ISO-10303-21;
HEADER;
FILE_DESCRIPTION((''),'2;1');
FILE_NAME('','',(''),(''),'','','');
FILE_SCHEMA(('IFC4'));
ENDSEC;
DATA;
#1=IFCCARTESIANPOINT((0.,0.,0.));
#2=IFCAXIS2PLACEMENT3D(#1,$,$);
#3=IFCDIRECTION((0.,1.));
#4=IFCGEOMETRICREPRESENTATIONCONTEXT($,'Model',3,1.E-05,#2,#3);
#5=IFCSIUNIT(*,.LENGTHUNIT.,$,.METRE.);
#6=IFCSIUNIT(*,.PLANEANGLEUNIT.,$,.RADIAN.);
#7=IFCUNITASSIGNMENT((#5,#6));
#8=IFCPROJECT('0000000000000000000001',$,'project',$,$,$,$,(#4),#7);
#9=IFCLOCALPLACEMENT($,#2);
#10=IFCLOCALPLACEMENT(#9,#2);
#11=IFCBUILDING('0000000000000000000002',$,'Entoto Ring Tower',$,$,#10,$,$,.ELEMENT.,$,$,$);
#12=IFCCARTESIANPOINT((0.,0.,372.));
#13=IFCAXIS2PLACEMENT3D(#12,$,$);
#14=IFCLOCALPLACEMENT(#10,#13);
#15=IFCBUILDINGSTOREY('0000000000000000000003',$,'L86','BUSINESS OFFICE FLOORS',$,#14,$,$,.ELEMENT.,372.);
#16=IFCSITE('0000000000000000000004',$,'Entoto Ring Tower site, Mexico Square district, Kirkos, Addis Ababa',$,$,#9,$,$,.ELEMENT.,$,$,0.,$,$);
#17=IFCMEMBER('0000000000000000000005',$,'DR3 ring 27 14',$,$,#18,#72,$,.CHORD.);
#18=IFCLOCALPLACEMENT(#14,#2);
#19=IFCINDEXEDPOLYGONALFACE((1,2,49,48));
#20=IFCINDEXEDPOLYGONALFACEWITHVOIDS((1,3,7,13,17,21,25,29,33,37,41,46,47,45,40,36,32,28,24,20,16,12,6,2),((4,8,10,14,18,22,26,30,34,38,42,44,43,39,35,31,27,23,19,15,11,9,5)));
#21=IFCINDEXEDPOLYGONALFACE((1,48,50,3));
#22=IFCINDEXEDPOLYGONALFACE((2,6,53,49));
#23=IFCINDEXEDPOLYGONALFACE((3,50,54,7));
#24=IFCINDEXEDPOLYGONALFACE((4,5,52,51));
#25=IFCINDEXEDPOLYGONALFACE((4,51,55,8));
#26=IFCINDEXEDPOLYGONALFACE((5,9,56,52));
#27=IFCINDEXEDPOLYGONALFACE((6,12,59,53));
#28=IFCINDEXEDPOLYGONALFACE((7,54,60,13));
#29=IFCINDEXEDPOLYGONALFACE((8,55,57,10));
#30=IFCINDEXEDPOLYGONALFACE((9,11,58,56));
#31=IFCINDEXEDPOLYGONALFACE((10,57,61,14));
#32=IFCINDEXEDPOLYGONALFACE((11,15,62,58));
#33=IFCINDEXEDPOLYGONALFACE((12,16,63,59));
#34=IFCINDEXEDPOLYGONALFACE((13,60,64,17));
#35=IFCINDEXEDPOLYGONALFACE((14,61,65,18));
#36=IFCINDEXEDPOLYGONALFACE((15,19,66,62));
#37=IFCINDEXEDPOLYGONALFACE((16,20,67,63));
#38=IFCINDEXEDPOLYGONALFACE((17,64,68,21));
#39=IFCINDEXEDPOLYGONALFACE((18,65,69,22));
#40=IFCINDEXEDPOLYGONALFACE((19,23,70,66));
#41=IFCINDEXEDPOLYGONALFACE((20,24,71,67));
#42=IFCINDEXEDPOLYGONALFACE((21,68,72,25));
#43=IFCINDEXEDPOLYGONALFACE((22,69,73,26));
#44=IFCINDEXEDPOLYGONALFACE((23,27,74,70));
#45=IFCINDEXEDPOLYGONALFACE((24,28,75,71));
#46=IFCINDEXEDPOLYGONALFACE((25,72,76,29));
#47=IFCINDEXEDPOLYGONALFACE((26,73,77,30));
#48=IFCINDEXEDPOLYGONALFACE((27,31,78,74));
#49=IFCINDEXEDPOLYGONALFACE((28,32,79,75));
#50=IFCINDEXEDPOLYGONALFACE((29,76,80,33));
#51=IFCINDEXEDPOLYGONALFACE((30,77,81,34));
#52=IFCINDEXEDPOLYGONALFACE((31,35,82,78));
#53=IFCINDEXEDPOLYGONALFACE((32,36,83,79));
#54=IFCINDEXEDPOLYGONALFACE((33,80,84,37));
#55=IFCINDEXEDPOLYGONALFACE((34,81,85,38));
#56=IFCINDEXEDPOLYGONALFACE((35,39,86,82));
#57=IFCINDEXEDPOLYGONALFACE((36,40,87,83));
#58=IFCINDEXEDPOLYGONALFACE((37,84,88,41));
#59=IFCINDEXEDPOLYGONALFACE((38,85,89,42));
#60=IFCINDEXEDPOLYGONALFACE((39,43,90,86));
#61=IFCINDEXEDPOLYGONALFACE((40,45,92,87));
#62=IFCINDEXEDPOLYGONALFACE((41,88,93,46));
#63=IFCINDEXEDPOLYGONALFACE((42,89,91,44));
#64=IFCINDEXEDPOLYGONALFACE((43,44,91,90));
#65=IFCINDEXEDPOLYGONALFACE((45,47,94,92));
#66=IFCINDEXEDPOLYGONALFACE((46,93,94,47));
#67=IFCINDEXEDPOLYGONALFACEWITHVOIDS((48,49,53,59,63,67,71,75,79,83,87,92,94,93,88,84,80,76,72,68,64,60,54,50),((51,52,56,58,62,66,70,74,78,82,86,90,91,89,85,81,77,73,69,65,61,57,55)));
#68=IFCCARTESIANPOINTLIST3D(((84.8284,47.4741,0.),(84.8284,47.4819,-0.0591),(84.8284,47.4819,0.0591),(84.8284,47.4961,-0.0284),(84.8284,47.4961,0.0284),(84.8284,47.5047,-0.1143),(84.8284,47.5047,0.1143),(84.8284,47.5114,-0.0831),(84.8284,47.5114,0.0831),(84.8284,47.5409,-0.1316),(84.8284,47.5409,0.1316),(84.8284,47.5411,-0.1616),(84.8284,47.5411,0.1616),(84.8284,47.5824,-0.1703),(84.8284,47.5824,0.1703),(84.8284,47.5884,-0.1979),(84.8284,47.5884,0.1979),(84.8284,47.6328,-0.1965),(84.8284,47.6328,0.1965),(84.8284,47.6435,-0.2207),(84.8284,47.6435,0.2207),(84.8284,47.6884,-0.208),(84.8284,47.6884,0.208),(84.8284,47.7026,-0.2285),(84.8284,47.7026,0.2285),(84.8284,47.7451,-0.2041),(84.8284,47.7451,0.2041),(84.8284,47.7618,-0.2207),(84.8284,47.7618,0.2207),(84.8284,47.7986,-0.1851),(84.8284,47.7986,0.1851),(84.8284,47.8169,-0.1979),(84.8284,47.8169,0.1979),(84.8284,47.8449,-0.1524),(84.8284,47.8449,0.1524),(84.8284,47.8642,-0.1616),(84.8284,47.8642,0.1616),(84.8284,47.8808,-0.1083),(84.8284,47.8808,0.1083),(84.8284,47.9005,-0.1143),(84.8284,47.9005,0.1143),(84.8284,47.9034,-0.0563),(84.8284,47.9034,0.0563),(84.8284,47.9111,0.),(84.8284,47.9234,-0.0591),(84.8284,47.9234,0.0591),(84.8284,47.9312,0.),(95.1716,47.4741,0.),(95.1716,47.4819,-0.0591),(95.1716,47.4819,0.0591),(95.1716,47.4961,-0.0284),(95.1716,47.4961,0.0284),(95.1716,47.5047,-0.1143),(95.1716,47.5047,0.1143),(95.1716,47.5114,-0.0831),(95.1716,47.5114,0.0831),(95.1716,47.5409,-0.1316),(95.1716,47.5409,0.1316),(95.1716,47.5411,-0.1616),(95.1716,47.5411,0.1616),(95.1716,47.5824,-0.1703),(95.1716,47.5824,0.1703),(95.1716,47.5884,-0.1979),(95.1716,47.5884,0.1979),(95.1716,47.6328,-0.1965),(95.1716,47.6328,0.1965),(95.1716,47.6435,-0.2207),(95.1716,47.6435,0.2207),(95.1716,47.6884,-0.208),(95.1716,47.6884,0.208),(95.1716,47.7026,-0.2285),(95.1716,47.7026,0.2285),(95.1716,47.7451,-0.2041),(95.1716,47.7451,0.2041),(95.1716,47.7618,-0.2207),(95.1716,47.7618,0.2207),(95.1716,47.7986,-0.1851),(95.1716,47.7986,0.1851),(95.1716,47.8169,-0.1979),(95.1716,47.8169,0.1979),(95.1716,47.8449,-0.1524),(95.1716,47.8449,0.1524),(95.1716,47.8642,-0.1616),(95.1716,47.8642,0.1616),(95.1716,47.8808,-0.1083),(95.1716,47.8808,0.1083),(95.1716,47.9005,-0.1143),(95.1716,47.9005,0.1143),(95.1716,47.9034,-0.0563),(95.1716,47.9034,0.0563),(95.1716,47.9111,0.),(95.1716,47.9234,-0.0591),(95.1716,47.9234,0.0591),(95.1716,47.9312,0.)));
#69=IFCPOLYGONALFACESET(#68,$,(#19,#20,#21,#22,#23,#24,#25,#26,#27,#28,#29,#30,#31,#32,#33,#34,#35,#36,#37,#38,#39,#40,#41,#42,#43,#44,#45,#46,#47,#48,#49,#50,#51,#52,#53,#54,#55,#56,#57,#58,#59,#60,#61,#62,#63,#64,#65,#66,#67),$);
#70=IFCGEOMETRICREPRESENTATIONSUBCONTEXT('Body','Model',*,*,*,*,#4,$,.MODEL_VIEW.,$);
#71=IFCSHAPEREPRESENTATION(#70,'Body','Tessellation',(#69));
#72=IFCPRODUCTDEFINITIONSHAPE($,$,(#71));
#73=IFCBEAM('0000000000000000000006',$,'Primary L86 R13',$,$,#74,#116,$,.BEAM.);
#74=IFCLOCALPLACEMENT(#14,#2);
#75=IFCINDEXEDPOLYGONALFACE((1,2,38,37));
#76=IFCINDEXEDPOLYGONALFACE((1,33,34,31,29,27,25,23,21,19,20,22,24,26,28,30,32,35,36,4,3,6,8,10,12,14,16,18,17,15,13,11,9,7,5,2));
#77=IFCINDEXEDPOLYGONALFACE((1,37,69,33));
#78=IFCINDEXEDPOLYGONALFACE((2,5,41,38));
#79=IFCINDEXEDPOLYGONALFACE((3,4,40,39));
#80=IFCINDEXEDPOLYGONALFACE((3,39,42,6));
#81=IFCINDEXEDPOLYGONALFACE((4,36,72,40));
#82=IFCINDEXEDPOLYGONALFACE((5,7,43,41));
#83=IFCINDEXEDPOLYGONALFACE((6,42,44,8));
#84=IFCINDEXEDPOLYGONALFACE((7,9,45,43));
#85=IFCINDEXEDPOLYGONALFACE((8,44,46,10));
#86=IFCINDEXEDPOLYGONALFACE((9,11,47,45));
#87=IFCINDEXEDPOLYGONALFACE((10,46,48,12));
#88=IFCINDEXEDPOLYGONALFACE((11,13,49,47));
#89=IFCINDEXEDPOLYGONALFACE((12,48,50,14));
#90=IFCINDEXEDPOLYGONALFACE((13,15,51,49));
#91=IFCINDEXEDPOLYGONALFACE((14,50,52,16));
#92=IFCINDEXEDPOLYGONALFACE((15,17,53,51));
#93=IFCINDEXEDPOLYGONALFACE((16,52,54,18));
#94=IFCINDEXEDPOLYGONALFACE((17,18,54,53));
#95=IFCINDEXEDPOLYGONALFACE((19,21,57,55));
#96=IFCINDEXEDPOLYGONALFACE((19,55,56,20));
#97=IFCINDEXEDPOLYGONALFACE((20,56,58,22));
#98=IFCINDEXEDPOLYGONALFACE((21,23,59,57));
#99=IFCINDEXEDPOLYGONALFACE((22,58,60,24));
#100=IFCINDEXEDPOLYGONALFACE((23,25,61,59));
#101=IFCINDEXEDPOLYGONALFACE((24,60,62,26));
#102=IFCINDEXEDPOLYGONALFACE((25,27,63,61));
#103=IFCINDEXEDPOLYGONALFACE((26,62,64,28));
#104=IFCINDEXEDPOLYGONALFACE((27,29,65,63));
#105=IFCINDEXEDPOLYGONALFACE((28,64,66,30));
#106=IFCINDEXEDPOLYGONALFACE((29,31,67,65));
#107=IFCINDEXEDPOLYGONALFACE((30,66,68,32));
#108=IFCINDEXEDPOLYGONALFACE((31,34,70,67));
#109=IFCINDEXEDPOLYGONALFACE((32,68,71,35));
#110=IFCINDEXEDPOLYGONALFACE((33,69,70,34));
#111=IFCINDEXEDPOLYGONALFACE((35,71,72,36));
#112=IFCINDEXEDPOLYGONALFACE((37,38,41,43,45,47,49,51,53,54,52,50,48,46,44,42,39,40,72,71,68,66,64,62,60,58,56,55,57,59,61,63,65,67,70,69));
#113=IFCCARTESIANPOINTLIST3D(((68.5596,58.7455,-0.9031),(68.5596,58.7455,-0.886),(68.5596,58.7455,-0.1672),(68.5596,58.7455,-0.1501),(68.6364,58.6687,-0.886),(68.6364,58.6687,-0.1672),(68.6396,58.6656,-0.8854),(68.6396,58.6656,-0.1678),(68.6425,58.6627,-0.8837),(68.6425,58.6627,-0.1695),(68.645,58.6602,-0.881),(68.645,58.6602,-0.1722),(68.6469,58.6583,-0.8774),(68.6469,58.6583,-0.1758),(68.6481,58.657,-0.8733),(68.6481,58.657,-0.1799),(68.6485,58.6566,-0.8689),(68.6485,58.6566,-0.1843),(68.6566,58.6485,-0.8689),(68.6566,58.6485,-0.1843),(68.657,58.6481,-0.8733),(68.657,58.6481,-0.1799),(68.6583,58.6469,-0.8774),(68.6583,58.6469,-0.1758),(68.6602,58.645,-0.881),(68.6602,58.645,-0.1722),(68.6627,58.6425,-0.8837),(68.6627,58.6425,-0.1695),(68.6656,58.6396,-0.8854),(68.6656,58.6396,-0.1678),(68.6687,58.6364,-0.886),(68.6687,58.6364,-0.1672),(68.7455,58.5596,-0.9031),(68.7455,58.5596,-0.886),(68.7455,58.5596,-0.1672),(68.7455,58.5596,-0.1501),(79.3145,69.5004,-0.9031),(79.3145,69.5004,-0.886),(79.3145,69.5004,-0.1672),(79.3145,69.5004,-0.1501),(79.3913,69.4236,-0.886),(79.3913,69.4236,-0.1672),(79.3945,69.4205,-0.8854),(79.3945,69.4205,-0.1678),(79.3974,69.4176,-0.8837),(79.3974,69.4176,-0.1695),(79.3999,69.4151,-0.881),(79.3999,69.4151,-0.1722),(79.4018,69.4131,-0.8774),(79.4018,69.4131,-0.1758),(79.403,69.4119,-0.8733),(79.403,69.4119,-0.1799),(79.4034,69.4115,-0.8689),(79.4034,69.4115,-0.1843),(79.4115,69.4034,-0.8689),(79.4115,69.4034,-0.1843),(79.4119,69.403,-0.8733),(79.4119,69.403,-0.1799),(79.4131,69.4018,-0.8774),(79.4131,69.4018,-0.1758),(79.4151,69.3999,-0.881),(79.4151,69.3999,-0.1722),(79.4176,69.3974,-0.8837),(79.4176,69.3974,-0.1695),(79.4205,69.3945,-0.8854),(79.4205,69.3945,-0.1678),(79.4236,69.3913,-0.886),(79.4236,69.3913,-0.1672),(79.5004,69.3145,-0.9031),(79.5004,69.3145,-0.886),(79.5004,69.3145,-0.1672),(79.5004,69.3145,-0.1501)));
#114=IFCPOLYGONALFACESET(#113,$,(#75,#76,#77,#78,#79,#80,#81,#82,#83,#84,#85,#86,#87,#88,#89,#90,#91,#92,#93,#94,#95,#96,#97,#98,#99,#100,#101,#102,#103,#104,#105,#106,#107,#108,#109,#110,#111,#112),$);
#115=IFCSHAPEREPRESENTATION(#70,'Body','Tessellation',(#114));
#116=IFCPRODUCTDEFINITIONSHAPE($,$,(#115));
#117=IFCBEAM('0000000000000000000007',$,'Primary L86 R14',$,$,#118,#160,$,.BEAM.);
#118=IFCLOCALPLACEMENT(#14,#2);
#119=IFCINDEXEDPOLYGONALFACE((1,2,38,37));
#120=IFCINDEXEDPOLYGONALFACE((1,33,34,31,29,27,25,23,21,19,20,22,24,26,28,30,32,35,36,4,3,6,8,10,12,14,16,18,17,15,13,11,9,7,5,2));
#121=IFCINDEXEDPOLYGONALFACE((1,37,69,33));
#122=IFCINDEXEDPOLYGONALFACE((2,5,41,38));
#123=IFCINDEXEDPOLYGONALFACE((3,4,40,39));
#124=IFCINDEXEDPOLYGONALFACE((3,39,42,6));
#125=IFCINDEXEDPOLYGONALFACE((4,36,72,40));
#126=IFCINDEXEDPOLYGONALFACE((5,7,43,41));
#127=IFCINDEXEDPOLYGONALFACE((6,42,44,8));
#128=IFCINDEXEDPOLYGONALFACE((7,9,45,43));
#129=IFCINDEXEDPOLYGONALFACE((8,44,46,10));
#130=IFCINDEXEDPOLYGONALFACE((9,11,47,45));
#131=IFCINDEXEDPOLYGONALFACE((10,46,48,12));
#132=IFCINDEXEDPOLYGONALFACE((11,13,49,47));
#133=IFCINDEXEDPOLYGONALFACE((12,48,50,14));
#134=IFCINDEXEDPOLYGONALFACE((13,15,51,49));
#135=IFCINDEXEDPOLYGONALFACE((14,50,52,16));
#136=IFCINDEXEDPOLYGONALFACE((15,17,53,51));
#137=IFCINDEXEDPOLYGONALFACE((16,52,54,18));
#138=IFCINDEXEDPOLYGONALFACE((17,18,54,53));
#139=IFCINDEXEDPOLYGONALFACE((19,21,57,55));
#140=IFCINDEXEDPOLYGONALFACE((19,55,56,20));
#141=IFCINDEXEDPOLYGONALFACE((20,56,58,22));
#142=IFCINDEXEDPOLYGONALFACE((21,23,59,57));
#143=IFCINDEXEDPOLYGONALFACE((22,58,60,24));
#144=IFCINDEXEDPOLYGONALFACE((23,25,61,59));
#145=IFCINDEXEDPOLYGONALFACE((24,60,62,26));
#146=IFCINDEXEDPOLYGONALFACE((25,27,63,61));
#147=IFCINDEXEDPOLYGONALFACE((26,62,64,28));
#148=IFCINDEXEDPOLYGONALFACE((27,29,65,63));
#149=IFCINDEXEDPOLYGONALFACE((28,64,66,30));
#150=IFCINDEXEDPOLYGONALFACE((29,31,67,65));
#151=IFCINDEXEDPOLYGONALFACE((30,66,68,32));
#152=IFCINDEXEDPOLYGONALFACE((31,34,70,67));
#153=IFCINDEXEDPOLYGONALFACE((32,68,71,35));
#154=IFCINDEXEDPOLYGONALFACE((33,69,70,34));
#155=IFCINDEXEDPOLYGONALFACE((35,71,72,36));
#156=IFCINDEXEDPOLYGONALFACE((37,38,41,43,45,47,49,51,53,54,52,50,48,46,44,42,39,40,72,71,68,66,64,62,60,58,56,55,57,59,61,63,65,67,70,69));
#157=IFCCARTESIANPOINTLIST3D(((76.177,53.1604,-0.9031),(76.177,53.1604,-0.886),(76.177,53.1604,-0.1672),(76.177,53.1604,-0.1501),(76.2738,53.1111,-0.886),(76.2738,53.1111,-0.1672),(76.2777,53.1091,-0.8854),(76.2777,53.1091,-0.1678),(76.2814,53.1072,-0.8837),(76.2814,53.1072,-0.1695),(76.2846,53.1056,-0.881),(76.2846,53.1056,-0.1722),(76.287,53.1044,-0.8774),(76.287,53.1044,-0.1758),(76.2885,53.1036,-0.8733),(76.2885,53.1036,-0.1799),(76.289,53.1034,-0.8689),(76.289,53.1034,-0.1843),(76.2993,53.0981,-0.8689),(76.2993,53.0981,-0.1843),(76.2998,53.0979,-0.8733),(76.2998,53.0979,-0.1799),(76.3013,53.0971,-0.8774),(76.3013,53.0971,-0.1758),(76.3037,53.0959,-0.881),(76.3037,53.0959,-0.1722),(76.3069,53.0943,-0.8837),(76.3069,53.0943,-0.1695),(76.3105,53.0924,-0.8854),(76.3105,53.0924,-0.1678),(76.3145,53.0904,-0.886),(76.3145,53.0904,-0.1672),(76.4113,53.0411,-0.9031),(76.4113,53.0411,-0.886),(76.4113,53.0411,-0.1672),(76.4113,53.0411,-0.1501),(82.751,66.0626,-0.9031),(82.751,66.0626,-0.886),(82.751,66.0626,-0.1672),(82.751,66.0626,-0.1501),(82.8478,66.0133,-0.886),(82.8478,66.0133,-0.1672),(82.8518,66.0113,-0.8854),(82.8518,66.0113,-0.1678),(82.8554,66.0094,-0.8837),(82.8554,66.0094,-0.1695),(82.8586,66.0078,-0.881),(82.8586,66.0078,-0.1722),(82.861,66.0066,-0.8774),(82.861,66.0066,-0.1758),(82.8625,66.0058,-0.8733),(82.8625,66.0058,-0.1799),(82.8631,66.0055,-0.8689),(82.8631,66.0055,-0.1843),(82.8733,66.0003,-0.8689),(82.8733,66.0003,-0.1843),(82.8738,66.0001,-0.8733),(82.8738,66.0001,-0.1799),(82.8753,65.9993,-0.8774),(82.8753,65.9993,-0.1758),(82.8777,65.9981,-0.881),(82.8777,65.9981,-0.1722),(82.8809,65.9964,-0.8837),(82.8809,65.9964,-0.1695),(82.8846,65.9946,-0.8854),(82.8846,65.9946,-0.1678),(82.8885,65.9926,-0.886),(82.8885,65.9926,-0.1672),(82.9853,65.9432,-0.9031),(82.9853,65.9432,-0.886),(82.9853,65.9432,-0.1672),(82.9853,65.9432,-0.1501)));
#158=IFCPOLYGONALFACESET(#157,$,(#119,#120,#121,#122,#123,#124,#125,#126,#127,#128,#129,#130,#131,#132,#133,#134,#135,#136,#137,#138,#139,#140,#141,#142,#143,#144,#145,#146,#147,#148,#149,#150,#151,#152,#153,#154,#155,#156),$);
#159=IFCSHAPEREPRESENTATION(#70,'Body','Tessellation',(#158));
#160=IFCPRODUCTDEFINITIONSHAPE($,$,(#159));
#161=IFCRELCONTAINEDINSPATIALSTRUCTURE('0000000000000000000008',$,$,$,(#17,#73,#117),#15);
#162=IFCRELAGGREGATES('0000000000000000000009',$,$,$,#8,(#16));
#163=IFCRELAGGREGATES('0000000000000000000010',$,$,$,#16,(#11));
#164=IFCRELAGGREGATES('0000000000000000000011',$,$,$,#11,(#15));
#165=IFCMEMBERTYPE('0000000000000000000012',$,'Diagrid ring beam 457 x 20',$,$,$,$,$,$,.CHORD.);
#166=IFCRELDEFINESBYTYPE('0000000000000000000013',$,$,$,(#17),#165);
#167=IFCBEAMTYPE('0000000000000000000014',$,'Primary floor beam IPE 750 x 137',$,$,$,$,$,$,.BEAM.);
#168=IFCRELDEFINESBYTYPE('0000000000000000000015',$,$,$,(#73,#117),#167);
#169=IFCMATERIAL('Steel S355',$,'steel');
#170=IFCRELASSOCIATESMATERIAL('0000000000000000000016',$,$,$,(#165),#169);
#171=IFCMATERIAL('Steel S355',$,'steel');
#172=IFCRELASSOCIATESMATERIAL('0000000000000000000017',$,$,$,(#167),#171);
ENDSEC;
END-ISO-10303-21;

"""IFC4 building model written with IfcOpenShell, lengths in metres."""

from ifc_helpers import new_model, si_unit, direction, frame, origin, origin_2d, place, context, subcontext, project, spatial, circle, hollow_circle, i_section, extrude, material, material_profile, profile_set, type_object, element, save


model = new_model("IFC4")

# Units and contexts
model_context = context("Model", 3, precision=1e-05, world=origin(), true_north=direction((0.0, 1.0)))
body_context = subcontext(model_context, "Body", "Model", "MODEL_VIEW")
ifc_project = project(units=[si_unit("LENGTHUNIT", "METRE"), si_unit("PLANEANGLEUNIT", "RADIAN")], contexts=[model_context])

# Site, building, storey
site_placement = place(None, origin())
site = spatial("IfcSite", under=ifc_project, at=site_placement, Name="Entoto Ring Tower site, Mexico Square district, Kirkos, Addis Ababa", CompositionType="ELEMENT", RefElevation=0.0)
building_placement = place(site_placement, origin())
building = spatial("IfcBuilding", under=site, at=building_placement, Name="Entoto Ring Tower", CompositionType="ELEMENT")
storey_placement = place(building_placement, frame((0.0, 0.0, 372.0)))
storey = spatial("IfcBuildingStorey", under=building, at=storey_placement, Name="L86", Description="BUSINESS OFFICE FLOORS", CompositionType="ELEMENT", Elevation=372.0)

# Member
ifc_material_1 = material(Name="Steel S355", Category="steel")
ifc_material_profile_1 = material_profile(ifc_material_1, hollow_circle(Radius=0.2285, WallThickness=0.02, at=origin_2d()), Name="CHS 457 x 20")
ifc_material_2 = material(Name="Concrete C60/75", Category="concrete")
ifc_material_profile_2 = material_profile(ifc_material_2, circle(Radius=0.2085, at=origin_2d()), Name="Concrete C60/75 infill")
ifc_profile_set_1 = profile_set([ifc_material_profile_1, ifc_material_profile_2], Name="Steel S355")
member_type = type_object("IfcMemberType", Name="Diagrid ring beam 457 x 20", PredefinedType="CHORD", material=ifc_profile_set_1)
member_placement = place(storey_placement, frame((84.8284, 47.7026, 0.0), z_axis=(1.0, 0.0, 0.0), x_axis=(0.0, 1.0, 0.0)))
element("IfcMember", 1, at=member_placement, inside=storey, type_object=member_type, Name="DR3 ring 27 14", PredefinedType="CHORD", context=body_context, shape_type="SweptSolid", body=[
    extrude(hollow_circle(Radius=0.2285, WallThickness=0.02, at=origin_2d()), origin(), (0.0, 0.0, 1.0), 10.3433),
])

# Beams
ifc_material_3 = material(Name="Steel S355", Category="steel")
ifc_material_profile_3 = material_profile(ifc_material_3, i_section(OverallWidth=0.2629, OverallDepth=0.7529, WebThickness=0.0115, FlangeThickness=0.0171, FilletRadius=0.0171, at=origin_2d()), Name="IPE 750 x 137")
ifc_profile_set_2 = profile_set([ifc_material_profile_3], Name="Steel S355")
beam_type_1 = type_object("IfcBeamType", Name="Primary floor beam IPE 750 x 137", PredefinedType="BEAM", material=ifc_profile_set_2)
beam_1_placement = place(storey_placement, frame((79.4075, 69.4075, -0.5266), z_axis=(-0.707107, -0.707107, 0.0), x_axis=(0.707107, -0.707107, 0.0)))
element("IfcBeam", 2, at=beam_1_placement, inside=storey, type_object=beam_type_1, Name="Primary L86 R13", PredefinedType="BEAM", context=body_context, shape_type="SweptSolid", body=[
    extrude(i_section(OverallWidth=0.2629, OverallDepth=0.7529, WebThickness=0.0115, FlangeThickness=0.0171, FilletRadius=0.0171, at=origin_2d()), origin(), (0.0, 0.0, 1.0), 15.2097),
])
beam_2_placement = place(storey_placement, frame((82.8682, 66.0029, -0.5266), z_axis=(-0.453992, -0.891006, 0.0), x_axis=(0.891006, -0.453992, 0.0)))
element("IfcBeam", 3, at=beam_2_placement, inside=storey, type_object=beam_type_1, Name="Primary L86 R14", PredefinedType="BEAM", context=body_context, shape_type="SweptSolid", body=[
    extrude(i_section(OverallWidth=0.2629, OverallDepth=0.7529, WebThickness=0.0115, FlangeThickness=0.0171, FilletRadius=0.0171, at=origin_2d()), origin(), (0.0, 0.0, 1.0), 14.4805),
])

save(model, "model.ifc")
